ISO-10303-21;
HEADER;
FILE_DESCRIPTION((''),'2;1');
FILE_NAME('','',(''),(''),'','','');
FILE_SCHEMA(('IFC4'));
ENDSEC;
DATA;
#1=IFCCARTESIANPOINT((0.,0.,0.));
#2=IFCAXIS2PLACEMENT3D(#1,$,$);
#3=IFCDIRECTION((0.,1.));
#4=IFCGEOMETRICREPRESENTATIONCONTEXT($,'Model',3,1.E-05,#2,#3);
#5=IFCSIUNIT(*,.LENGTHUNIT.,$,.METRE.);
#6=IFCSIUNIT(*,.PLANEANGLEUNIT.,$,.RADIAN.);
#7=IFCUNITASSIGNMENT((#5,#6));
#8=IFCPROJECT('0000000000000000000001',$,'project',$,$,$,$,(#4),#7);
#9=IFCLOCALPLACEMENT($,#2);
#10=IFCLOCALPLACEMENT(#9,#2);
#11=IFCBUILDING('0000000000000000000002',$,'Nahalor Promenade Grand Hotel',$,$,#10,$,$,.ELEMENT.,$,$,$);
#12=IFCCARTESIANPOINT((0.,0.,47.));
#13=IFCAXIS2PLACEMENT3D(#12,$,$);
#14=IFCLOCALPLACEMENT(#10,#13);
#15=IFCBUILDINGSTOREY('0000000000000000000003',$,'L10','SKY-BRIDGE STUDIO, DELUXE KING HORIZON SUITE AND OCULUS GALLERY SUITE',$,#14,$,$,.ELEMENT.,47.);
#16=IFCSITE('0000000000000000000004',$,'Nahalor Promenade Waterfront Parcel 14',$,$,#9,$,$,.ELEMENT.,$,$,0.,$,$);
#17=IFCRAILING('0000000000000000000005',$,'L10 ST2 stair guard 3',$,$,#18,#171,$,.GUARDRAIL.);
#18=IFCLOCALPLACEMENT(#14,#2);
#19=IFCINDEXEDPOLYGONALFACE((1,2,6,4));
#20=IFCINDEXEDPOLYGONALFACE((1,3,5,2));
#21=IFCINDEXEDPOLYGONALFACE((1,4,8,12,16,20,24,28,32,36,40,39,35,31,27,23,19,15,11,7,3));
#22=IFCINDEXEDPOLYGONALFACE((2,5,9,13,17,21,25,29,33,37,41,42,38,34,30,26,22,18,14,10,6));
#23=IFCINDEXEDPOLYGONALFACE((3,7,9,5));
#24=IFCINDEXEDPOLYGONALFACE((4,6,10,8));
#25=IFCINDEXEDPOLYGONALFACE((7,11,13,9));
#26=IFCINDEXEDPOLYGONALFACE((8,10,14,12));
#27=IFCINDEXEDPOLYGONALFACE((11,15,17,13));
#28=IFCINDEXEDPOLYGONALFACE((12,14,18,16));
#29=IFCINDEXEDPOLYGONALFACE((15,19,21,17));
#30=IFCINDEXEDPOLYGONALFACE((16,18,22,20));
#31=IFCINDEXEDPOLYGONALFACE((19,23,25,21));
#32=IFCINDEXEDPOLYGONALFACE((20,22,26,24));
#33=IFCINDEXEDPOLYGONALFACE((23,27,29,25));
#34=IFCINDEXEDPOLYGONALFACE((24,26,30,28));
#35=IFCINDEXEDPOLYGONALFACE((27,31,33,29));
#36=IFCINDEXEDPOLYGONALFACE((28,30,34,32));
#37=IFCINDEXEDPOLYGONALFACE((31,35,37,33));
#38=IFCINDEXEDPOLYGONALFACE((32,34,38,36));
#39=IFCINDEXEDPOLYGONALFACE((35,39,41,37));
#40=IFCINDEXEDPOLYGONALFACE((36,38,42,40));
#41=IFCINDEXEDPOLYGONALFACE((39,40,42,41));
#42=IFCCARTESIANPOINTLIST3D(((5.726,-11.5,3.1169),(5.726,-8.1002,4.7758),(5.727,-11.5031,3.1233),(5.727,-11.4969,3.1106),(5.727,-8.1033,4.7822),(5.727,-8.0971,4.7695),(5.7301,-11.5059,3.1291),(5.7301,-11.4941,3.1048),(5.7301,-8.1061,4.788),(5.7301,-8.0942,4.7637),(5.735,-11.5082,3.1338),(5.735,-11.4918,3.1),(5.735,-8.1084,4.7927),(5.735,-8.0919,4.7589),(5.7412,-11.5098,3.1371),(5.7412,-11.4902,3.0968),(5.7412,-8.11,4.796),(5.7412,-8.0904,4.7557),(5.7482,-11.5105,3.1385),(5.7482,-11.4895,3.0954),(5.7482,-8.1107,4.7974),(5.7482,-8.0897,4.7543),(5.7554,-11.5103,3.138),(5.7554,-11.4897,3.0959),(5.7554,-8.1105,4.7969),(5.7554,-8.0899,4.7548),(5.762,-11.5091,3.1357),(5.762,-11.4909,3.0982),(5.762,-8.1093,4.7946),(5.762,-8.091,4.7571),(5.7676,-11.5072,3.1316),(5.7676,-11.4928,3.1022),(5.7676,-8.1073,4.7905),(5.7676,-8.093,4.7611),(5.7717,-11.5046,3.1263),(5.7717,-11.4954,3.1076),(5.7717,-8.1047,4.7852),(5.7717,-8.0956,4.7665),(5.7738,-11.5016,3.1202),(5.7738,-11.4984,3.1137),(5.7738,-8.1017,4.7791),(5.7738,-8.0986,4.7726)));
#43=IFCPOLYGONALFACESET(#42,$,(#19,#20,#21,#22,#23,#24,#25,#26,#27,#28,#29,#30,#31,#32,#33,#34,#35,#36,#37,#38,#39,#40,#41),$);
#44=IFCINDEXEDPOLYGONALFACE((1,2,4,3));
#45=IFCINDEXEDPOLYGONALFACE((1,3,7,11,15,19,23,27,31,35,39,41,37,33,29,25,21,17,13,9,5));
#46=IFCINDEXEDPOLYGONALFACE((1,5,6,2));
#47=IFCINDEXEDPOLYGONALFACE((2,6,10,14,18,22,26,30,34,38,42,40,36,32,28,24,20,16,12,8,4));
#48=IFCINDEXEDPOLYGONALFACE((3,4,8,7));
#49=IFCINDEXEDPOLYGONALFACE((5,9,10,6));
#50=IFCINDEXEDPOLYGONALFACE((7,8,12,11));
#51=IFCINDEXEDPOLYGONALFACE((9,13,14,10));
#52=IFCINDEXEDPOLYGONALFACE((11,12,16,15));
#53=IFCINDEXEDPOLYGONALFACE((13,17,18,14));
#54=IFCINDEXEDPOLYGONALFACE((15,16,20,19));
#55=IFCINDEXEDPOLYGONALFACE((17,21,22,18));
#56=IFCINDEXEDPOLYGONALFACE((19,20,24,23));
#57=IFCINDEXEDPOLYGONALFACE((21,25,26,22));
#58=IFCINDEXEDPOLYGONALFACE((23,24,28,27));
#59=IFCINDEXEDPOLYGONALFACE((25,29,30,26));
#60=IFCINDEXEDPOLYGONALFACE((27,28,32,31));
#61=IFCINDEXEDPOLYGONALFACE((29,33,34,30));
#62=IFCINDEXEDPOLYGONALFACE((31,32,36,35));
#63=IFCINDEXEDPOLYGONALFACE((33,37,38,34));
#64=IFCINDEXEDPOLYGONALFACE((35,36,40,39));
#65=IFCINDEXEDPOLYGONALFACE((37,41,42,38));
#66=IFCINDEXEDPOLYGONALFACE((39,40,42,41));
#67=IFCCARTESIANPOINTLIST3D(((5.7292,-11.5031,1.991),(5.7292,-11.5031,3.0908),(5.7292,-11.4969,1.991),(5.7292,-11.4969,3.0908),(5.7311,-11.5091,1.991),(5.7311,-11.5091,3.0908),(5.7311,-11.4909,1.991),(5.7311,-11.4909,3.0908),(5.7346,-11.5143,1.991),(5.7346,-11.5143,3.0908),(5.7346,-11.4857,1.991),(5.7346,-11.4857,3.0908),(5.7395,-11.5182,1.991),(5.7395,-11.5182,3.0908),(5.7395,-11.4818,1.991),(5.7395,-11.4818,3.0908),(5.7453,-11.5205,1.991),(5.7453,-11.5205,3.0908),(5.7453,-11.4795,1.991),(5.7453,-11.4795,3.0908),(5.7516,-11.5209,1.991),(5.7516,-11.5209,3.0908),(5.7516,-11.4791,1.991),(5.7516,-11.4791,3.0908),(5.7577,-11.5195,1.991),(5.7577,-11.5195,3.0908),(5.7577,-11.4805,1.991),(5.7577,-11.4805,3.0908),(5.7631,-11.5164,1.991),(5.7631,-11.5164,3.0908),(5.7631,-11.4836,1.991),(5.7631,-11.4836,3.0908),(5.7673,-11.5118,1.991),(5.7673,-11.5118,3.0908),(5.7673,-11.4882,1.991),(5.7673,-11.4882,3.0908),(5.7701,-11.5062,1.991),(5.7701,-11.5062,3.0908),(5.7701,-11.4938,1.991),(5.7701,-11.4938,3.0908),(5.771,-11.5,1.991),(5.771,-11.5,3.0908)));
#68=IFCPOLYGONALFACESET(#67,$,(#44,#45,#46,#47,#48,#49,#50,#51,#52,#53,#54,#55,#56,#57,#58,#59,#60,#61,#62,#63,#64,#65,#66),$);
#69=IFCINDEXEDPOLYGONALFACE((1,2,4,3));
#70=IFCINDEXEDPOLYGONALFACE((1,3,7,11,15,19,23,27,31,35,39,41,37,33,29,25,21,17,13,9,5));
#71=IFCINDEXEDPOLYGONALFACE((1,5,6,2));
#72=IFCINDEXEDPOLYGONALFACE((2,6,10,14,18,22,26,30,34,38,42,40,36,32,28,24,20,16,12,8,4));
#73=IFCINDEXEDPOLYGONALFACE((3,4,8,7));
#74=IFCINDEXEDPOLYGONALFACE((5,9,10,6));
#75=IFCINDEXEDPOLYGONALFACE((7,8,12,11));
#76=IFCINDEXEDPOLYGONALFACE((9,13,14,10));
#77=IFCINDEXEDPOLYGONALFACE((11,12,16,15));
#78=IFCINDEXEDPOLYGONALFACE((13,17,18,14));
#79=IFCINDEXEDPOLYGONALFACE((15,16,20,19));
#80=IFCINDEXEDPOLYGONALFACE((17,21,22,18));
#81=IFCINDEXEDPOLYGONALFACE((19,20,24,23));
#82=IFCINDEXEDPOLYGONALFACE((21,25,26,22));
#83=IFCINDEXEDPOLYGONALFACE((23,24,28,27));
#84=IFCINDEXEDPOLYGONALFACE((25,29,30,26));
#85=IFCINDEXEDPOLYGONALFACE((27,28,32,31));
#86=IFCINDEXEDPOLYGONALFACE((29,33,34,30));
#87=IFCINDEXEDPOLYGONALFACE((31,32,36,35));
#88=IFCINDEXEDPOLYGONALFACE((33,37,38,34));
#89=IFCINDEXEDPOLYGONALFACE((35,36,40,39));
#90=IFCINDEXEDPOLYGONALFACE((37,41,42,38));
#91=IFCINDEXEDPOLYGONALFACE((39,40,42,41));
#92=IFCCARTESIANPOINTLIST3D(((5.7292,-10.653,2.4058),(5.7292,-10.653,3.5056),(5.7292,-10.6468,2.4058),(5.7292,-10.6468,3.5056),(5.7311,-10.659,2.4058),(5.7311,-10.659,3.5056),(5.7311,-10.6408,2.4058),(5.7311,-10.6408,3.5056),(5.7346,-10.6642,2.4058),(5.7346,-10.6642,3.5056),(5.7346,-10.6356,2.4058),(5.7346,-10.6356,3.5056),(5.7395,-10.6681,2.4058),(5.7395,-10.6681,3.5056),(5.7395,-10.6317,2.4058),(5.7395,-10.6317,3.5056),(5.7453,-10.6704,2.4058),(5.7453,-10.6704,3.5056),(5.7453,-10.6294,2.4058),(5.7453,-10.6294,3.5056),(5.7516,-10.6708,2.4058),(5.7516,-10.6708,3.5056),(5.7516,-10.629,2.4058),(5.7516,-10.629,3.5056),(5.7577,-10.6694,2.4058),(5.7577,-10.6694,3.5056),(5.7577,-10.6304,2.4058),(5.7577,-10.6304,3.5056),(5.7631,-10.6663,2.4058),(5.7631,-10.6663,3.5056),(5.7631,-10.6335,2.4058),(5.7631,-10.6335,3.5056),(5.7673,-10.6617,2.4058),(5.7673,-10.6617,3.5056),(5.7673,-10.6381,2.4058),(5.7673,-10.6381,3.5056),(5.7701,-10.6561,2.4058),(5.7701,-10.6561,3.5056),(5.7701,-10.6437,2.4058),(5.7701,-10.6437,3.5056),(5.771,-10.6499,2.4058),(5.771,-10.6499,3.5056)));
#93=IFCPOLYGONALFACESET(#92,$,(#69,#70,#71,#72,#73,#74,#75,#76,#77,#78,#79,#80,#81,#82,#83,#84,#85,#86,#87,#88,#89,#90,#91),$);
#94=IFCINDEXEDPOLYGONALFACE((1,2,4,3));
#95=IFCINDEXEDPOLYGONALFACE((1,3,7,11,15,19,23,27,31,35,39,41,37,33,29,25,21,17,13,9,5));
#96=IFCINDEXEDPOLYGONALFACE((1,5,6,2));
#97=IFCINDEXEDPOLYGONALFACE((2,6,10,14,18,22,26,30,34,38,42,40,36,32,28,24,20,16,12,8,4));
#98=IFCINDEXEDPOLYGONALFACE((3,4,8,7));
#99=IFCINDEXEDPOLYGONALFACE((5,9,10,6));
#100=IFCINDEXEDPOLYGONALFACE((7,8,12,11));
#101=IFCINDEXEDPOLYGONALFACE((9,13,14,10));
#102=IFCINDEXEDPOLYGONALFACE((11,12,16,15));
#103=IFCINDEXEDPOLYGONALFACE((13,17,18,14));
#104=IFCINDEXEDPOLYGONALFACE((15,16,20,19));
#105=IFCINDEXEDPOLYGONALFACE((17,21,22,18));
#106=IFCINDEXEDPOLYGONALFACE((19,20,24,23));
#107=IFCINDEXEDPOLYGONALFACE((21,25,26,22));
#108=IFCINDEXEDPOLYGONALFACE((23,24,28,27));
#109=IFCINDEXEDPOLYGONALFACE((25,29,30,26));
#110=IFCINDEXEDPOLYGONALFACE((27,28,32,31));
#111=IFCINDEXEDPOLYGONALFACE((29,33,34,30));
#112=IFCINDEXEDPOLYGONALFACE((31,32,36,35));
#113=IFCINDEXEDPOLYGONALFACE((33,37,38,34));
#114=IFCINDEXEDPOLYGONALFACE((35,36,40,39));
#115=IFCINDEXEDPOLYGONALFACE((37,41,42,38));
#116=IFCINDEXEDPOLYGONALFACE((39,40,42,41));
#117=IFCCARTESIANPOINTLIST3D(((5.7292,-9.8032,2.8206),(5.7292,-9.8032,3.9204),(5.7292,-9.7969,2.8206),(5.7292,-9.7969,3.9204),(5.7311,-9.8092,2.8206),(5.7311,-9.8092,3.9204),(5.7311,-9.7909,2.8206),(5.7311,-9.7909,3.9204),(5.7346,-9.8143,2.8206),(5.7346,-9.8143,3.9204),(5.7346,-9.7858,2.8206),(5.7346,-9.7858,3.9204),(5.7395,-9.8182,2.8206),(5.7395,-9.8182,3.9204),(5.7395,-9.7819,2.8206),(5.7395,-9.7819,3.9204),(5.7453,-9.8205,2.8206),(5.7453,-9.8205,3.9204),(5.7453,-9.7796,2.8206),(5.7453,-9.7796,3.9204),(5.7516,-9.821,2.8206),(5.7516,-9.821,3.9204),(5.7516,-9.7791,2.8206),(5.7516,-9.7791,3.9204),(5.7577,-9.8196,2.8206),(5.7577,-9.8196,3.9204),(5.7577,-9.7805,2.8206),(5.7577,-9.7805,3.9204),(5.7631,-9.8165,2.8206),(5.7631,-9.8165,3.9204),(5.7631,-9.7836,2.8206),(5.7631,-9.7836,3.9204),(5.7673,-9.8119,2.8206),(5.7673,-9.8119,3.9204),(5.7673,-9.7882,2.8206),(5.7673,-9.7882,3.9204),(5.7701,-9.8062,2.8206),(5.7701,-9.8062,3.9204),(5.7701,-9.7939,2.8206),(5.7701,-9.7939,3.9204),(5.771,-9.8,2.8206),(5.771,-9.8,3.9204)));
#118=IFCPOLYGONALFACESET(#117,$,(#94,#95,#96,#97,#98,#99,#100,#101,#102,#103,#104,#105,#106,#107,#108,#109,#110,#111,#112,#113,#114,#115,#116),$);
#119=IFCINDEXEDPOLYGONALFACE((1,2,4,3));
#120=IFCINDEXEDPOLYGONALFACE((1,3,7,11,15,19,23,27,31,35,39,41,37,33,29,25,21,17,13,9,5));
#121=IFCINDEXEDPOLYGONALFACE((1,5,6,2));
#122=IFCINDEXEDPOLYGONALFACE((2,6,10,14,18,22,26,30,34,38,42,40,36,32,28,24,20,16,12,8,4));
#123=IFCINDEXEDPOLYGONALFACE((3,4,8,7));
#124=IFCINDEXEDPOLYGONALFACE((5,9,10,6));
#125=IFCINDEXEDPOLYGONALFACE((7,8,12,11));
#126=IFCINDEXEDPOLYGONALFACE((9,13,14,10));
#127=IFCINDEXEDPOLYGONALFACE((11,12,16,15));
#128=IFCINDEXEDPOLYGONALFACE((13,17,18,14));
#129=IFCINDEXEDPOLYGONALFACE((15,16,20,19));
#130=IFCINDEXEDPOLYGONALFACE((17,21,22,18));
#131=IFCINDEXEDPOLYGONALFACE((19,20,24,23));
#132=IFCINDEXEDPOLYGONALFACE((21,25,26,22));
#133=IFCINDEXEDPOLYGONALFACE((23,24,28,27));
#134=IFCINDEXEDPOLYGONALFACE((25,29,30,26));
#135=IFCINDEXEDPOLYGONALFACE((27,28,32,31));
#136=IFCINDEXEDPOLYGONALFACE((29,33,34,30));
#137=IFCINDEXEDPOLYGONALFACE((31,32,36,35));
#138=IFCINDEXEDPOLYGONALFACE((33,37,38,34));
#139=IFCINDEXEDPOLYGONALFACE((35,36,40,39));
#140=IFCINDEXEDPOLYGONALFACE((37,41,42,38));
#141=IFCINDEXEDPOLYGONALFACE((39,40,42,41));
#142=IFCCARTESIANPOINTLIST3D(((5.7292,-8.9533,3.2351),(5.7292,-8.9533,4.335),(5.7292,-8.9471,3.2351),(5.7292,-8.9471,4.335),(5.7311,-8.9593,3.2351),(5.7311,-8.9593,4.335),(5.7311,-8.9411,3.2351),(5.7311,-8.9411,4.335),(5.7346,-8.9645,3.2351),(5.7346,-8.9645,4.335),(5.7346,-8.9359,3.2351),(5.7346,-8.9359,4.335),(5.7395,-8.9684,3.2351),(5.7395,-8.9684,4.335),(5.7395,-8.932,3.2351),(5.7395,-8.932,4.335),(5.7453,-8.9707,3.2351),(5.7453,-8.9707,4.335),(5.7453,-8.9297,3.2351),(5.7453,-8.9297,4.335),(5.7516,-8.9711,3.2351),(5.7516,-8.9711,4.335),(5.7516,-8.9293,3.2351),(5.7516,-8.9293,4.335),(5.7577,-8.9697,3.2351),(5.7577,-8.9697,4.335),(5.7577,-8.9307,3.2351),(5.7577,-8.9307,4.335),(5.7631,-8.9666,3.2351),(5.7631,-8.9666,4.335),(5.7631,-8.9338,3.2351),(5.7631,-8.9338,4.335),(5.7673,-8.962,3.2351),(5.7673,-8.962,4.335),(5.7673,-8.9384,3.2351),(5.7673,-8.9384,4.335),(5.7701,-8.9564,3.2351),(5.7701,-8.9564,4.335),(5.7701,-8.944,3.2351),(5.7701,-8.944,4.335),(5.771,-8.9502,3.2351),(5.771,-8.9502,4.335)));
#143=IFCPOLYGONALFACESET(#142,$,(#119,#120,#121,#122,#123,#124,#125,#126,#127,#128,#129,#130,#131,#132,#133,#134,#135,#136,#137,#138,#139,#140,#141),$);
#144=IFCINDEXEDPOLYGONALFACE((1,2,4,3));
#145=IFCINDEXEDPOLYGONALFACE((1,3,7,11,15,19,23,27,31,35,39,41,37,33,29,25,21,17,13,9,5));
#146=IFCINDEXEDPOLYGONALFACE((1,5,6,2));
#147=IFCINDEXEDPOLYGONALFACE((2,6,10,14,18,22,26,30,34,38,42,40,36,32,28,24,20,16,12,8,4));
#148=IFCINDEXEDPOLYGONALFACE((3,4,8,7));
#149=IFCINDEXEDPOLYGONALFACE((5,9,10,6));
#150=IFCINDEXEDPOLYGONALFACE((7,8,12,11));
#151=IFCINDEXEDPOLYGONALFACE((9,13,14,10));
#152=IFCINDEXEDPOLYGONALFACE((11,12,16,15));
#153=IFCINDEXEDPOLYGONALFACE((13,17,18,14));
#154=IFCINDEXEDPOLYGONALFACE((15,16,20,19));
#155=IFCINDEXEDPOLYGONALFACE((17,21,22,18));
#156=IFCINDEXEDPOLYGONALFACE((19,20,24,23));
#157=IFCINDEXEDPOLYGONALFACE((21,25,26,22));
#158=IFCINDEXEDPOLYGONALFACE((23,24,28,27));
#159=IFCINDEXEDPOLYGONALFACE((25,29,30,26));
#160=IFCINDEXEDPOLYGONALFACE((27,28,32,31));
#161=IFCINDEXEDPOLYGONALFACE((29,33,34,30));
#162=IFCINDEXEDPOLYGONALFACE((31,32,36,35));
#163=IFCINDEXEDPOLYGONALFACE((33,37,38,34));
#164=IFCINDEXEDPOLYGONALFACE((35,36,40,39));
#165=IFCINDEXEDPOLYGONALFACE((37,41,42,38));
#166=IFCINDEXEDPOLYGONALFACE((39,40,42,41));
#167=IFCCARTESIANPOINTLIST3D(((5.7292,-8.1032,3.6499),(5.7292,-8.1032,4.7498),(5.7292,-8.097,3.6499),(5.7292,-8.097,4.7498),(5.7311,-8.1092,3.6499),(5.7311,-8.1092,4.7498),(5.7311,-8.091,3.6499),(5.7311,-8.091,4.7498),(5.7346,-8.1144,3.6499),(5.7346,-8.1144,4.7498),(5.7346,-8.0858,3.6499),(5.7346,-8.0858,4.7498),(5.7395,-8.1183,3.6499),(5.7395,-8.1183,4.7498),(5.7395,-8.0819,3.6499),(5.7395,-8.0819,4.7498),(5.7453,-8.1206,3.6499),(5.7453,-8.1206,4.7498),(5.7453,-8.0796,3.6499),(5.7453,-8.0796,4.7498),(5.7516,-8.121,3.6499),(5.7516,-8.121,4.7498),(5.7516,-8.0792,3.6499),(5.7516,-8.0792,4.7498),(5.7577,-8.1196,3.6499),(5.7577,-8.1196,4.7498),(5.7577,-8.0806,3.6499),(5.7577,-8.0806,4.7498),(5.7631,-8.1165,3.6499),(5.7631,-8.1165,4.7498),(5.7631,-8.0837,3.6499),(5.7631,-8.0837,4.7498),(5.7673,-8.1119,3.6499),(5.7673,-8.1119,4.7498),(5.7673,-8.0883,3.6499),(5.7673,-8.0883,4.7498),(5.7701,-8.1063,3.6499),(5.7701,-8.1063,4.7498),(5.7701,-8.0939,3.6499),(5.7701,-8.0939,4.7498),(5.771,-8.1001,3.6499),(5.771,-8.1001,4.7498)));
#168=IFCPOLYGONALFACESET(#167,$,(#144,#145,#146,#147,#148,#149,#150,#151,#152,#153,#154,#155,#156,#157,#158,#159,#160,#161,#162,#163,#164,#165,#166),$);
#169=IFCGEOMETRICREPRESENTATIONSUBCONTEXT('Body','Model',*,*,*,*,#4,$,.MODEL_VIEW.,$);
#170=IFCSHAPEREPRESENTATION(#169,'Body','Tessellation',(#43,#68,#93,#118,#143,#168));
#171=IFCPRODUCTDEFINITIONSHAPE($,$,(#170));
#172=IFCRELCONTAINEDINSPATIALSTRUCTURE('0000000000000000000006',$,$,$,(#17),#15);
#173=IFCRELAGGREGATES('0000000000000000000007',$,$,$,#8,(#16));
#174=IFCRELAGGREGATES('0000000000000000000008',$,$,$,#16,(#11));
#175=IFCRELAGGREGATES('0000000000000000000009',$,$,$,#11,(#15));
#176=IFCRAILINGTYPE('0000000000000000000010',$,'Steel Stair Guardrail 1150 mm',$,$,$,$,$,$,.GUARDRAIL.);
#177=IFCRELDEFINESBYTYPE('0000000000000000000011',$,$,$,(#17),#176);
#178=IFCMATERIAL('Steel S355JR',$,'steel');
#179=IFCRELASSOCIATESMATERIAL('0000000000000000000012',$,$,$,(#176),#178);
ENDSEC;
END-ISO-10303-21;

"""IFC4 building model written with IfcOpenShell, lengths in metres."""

from ifc_helpers import new_model, si_unit, direction, frame, origin, origin_2d, place, context, subcontext, project, spatial, circle, extrude, material, type_object, element, save


model = new_model("IFC4")

# Units and contexts
model_context = context("Model", 3, precision=1e-05, world=origin(), true_north=direction((0.0, 1.0)))
body_context = subcontext(model_context, "Body", "Model", "MODEL_VIEW")
ifc_project = project(units=[si_unit("LENGTHUNIT", "METRE"), si_unit("PLANEANGLEUNIT", "RADIAN")], contexts=[model_context])

# Site, building, storey
site_placement = place(None, origin())
site = spatial("IfcSite", under=ifc_project, at=site_placement, Name="Nahalor Promenade Waterfront Parcel 14", CompositionType="ELEMENT", RefElevation=0.0)
building_placement = place(site_placement, origin())
building = spatial("IfcBuilding", under=site, at=building_placement, Name="Nahalor Promenade Grand Hotel", CompositionType="ELEMENT")
storey_placement = place(building_placement, frame((0.0, 0.0, 47.0)))
storey = spatial("IfcBuildingStorey", under=building, at=storey_placement, Name="L10", Description="SKY-BRIDGE STUDIO, DELUXE KING HORIZON SUITE AND OCULUS GALLERY SUITE", CompositionType="ELEMENT", Elevation=47.0)

# Shared definitions
ifc_material_1 = material(Name="Steel S355JR", Category="steel")

# Railing
railing_type_1 = type_object("IfcRailingType", Name="Steel Stair Guardrail 1150 mm", PredefinedType="GUARDRAIL", material=ifc_material_1)
railing_1_placement = place(storey_placement, frame((5.75, -11.5, 1.991)))
element("IfcRailing", 1, at=railing_1_placement, inside=storey, type_object=railing_type_1, Name="L10 ST2 stair guard 3", PredefinedType="GUARDRAIL", context=body_context, shape_type="SweptSolid", body=[
    extrude(circle(Radius=0.024, at=origin_2d()), frame((0.0, 0.0, 1.126), z_axis=(0.0, 0.898722, 0.438519), x_axis=(-1.0, 0.0, 0.0)), (0.0, 0.0, 1.0), 3.783),
    extrude(circle(Radius=0.021, at=origin_2d()), origin(), (0.0, 0.0, 1.0), 1.0999),
    extrude(circle(Radius=0.021, at=origin_2d()), frame((0.0, 0.8501, 0.4148)), (0.0, 0.0, 1.0), 1.0999),
    extrude(circle(Radius=0.021, at=origin_2d()), frame((0.0, 1.7, 0.8296)), (0.0, 0.0, 1.0), 1.0999),
    extrude(circle(Radius=0.021, at=origin_2d()), frame((0.0, 2.5498, 1.2441)), (0.0, 0.0, 1.0), 1.0999),
    extrude(circle(Radius=0.021, at=origin_2d()), frame((0.0, 3.3999, 1.6589)), (0.0, 0.0, 1.0), 1.0999),
])

save(model, "model.ifc")
